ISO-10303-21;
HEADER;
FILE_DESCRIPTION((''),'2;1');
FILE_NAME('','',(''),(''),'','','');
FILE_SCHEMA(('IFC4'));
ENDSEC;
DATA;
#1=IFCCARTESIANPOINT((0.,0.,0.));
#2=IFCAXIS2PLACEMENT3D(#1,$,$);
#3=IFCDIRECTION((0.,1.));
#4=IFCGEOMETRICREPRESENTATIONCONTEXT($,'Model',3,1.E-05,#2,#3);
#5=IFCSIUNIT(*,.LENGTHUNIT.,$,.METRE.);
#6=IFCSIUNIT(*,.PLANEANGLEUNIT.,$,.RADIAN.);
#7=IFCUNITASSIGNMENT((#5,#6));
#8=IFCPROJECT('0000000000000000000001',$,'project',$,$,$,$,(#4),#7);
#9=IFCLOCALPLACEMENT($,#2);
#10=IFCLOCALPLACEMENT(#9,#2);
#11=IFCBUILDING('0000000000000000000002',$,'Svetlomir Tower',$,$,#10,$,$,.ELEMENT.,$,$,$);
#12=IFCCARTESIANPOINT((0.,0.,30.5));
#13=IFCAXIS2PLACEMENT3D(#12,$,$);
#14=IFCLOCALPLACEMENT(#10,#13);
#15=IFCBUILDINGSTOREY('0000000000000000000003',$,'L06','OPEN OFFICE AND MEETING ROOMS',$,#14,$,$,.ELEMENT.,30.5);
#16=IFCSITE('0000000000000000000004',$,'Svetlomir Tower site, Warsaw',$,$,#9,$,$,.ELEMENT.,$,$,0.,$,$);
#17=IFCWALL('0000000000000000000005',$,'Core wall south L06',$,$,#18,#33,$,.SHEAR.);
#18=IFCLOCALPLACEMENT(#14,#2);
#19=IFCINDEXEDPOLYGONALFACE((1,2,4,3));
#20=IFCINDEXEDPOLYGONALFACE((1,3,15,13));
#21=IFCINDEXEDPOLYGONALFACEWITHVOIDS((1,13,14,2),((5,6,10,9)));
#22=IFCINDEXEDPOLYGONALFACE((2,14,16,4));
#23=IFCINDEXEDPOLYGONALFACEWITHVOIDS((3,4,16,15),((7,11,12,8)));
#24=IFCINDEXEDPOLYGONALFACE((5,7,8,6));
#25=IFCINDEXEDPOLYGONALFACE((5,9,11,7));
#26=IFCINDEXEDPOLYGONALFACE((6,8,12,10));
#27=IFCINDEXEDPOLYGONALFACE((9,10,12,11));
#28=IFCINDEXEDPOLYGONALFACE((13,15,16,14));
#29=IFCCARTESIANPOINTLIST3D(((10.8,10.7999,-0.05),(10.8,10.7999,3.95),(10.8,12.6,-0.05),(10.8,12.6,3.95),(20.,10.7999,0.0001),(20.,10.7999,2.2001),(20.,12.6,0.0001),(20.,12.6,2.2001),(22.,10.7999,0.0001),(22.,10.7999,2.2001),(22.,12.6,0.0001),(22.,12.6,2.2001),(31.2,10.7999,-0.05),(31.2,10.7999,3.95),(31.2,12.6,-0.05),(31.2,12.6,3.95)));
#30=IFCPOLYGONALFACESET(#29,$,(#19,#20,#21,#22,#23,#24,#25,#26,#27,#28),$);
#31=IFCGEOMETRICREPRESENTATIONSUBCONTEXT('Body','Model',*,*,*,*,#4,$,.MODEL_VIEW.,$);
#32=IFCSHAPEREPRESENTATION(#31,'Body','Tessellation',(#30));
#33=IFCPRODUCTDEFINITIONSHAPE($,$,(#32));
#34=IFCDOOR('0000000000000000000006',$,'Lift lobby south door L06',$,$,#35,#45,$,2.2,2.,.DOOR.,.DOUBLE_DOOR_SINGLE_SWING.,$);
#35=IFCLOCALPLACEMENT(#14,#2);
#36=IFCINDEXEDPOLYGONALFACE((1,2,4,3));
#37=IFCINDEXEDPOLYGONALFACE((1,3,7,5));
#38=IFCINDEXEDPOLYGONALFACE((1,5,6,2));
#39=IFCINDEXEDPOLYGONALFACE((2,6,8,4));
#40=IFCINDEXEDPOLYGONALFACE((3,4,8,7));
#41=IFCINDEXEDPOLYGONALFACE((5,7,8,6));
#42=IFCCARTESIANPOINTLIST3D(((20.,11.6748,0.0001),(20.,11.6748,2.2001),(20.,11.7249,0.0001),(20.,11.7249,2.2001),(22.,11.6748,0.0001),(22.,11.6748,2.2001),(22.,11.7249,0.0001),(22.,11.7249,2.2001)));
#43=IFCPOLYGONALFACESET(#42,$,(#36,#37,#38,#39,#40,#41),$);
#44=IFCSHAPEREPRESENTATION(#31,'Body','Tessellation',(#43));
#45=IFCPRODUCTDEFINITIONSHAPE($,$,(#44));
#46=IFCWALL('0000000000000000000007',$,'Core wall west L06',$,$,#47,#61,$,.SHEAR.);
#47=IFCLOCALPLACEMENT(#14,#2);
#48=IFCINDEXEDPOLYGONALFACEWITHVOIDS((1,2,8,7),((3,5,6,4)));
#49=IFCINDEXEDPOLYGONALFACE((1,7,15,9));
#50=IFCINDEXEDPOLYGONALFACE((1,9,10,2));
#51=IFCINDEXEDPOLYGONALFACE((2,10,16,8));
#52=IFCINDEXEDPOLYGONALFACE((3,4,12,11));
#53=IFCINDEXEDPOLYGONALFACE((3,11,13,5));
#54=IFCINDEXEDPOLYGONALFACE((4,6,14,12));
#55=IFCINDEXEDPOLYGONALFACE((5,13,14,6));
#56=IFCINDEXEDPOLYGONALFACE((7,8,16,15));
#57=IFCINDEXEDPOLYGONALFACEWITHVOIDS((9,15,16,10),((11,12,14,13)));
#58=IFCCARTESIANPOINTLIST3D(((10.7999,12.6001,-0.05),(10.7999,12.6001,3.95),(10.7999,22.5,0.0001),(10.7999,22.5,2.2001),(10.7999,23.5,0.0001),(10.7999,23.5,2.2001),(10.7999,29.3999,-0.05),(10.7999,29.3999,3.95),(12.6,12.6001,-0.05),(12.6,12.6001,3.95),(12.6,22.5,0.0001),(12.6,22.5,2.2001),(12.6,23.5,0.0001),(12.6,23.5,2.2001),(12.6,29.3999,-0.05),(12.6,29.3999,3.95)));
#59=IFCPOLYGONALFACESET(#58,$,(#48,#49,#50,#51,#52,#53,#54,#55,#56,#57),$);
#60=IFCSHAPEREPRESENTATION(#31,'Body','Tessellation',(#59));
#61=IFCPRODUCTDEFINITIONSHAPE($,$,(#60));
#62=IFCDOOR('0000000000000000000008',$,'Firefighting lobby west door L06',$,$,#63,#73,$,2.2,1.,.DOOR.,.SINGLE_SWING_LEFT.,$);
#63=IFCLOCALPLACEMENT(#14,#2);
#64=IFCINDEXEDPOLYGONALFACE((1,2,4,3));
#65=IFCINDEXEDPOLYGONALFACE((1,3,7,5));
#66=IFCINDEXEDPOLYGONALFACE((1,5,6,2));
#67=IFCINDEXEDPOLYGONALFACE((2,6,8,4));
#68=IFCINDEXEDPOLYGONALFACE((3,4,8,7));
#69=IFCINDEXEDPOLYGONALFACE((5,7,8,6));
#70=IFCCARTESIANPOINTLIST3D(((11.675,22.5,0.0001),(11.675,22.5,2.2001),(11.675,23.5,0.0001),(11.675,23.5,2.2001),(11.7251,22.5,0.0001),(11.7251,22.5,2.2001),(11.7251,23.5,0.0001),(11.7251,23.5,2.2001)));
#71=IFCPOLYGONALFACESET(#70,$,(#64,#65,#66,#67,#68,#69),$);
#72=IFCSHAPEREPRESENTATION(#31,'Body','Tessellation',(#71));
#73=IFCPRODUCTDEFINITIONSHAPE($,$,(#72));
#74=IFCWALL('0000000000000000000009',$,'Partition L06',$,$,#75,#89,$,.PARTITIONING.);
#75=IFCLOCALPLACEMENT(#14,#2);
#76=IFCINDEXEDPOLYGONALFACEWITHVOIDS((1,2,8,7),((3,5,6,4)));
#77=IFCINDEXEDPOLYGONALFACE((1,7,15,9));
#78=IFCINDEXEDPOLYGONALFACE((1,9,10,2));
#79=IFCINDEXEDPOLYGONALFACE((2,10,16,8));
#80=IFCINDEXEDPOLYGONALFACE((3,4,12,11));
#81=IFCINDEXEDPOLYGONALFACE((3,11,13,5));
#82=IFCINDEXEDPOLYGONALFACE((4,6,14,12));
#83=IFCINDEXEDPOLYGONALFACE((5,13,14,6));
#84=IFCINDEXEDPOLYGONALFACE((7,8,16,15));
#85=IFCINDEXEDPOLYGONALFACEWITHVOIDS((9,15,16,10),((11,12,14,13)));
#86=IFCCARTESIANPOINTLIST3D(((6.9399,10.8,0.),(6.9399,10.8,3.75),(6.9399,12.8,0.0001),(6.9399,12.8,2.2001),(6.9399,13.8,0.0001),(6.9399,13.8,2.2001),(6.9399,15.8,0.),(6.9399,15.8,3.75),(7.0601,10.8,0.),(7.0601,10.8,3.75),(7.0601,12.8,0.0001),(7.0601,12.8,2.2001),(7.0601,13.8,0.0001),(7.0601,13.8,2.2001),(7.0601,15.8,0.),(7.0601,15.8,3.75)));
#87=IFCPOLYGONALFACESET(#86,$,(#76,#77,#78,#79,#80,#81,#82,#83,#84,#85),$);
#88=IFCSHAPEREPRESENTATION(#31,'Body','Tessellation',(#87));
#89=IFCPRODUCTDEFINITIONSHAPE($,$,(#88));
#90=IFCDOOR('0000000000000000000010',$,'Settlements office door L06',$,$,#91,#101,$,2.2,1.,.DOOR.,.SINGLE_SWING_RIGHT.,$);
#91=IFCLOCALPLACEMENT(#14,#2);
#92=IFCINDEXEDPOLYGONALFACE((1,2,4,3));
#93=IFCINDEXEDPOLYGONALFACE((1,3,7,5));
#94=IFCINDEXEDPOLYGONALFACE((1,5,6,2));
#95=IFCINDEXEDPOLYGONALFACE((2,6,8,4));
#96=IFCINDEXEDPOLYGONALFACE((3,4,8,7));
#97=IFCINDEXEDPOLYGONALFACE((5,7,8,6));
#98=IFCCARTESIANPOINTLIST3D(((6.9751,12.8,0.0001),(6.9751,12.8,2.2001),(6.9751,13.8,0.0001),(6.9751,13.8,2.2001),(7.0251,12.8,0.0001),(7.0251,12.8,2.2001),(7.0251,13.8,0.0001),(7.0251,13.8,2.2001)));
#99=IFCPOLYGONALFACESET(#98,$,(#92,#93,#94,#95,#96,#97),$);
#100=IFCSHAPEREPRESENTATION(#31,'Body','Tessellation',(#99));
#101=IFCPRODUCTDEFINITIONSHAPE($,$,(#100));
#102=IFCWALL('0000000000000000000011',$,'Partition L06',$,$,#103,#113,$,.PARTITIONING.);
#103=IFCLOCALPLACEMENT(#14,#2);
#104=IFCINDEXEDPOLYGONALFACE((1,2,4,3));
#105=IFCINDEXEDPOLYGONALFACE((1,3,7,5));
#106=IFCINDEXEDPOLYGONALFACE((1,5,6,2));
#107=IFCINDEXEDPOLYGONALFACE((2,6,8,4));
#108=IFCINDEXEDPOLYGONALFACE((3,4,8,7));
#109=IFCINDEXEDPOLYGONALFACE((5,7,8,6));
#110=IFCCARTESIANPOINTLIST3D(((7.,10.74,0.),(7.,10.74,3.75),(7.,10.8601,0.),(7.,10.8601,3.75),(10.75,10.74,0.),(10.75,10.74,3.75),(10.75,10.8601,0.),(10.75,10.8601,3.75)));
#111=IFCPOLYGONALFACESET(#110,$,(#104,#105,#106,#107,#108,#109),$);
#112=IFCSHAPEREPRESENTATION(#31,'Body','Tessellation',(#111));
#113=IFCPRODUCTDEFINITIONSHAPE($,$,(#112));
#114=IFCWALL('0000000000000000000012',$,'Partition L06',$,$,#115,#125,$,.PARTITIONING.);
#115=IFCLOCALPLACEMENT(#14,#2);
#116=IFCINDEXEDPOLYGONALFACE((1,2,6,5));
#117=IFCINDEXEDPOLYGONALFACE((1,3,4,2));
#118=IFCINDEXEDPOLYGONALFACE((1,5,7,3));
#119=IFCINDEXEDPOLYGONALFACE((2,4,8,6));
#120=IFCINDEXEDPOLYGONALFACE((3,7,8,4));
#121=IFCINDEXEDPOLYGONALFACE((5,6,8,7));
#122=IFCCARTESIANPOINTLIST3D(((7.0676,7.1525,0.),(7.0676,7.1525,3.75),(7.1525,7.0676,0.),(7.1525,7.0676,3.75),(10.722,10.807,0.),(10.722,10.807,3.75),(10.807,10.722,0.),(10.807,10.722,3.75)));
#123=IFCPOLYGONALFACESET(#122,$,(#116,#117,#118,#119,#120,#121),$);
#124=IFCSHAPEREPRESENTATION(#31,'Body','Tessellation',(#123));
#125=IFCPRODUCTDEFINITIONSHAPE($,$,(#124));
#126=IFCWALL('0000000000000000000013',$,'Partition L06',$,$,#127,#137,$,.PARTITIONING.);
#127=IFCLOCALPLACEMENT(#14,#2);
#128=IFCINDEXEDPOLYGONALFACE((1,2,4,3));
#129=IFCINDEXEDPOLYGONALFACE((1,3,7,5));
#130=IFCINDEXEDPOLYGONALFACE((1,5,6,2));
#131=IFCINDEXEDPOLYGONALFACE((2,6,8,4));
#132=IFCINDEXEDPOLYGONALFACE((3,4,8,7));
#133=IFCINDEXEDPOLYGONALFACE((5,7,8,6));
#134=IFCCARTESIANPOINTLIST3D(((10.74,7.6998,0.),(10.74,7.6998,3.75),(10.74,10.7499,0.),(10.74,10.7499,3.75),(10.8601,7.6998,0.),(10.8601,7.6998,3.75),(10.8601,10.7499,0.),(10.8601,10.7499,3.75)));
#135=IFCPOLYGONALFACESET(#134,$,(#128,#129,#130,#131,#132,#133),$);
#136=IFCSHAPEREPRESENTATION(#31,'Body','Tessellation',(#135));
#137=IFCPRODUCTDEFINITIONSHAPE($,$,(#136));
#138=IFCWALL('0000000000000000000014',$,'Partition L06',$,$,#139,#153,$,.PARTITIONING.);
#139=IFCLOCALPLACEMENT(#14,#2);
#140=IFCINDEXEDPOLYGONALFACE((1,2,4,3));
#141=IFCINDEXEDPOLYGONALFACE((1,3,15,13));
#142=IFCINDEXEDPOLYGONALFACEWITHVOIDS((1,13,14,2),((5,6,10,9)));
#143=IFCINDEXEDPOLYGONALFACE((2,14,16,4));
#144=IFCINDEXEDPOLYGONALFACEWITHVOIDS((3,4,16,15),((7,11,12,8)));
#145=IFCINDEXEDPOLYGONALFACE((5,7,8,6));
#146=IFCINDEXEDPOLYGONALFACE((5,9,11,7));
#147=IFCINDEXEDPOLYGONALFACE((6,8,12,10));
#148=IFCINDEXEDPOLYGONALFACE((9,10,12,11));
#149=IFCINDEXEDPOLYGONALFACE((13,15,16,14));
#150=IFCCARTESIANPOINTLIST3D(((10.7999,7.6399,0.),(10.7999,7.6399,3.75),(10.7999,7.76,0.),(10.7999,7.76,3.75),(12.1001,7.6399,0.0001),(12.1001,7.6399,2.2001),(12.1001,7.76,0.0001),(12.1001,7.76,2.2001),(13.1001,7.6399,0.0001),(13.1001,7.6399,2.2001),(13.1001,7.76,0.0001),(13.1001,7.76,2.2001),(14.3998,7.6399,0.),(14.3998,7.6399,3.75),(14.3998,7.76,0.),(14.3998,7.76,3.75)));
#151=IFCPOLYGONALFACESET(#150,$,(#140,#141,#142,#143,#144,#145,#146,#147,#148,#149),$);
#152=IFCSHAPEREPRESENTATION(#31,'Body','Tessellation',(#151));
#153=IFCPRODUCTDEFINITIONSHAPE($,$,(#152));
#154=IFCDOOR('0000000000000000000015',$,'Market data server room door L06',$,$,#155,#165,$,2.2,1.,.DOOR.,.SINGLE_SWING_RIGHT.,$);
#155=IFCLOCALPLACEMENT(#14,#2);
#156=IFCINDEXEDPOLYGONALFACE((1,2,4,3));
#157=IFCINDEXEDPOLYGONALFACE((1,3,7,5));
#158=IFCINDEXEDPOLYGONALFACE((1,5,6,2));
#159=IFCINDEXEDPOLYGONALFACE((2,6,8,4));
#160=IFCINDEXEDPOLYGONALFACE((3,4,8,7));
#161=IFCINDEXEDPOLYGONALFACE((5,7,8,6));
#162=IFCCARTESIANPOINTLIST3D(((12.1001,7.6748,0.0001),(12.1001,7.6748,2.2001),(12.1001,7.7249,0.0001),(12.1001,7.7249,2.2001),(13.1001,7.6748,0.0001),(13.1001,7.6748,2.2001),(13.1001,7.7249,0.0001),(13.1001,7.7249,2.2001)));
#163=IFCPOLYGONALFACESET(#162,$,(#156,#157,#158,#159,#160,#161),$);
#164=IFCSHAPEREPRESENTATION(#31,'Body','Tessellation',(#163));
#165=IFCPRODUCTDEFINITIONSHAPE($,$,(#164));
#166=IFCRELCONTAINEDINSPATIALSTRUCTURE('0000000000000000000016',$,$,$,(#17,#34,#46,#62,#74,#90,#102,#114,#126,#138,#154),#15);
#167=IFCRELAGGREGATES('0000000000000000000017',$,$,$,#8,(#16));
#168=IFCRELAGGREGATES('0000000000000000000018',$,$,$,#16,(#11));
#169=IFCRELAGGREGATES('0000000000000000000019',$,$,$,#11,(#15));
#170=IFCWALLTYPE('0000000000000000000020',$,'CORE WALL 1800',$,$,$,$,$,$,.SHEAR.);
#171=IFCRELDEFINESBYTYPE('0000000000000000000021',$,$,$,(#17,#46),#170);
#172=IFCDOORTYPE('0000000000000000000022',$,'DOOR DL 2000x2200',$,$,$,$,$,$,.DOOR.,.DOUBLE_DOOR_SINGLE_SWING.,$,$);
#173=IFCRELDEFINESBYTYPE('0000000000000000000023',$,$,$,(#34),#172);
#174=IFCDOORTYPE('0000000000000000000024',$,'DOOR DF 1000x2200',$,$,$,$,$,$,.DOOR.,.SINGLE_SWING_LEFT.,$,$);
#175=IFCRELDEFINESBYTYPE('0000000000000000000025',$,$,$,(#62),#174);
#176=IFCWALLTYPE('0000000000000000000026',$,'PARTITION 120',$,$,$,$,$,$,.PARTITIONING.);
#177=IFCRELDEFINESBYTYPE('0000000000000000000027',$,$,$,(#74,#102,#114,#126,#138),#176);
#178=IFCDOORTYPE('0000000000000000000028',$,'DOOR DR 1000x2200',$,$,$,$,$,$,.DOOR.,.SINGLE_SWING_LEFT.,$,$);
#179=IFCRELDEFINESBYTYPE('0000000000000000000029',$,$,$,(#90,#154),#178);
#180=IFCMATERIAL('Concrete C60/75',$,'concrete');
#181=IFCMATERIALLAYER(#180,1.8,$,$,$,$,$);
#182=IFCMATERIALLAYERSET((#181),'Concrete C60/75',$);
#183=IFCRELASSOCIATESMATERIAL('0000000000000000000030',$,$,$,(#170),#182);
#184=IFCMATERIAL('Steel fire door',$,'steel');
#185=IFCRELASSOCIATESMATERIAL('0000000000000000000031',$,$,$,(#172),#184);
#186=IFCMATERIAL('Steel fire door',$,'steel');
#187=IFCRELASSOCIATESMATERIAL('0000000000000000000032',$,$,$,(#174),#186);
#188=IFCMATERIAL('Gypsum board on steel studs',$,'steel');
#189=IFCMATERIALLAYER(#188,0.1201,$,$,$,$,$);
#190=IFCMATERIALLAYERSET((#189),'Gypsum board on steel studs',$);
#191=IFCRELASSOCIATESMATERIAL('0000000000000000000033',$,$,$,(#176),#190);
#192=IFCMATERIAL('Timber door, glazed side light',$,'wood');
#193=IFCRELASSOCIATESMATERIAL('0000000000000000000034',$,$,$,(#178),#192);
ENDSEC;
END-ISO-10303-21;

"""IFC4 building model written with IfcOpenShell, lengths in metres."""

from ifc_helpers import new_model, si_unit, direction, frame, frame_2d, origin, place, context, subcontext, project, spatial, rectangle, extrude, material, layer, layer_set, type_object, element, fill, save


model = new_model("IFC4")

# Units and contexts
model_context = context("Model", 3, precision=1e-05, world=origin(), true_north=direction((0.0, 1.0)))
body_context = subcontext(model_context, "Body", "Model", "MODEL_VIEW")
ifc_project = project(units=[si_unit("LENGTHUNIT", "METRE"), si_unit("PLANEANGLEUNIT", "RADIAN")], contexts=[model_context])

# Site, building, storey
site_placement = place(None, origin())
site = spatial("IfcSite", under=ifc_project, at=site_placement, Name="Svetlomir Tower site, Warsaw", CompositionType="ELEMENT", RefElevation=0.0)
building_placement = place(site_placement, origin())
building = spatial("IfcBuilding", under=site, at=building_placement, Name="Svetlomir Tower", CompositionType="ELEMENT")
storey_placement = place(building_placement, frame((0.0, 0.0, 30.5)))
storey = spatial("IfcBuildingStorey", under=building, at=storey_placement, Name="L06", Description="OPEN OFFICE AND MEETING ROOMS", CompositionType="ELEMENT", Elevation=30.5)

# Walls, openings, doors
ifc_material_1 = material(Name="Concrete C60/75", Category="concrete")
ifc_layer_1 = layer(ifc_material_1, 1.8)
ifc_layer_set_1 = layer_set([ifc_layer_1], Name="Concrete C60/75")
wall_type_1 = type_object("IfcWallType", Name="CORE WALL 1800", PredefinedType="SHEAR", material=ifc_layer_set_1)
wall_1_placement = place(storey_placement, frame((10.8, 11.7, -0.05), z_axis=(0.0, 0.0, 1.0), x_axis=(1.0, 0.0, 0.0)))
wall_1 = element("IfcWall", 1, at=wall_1_placement, inside=storey, type_object=wall_type_1, Name="Core wall south L06", PredefinedType="SHEAR", context=body_context, shape_type="SweptSolid", body=[
    extrude(rectangle(XDim=20.3999, YDim=1.8, at=frame_2d((10.2, 0.0))), origin(), (0.0, 0.0, 1.0), 4.0),
])
opening_1_placement = place(wall_1_placement, frame((9.2, 0.0, 0.05)))
opening_1 = element("IfcOpeningElement", 2, at=opening_1_placement, cuts=wall_1, PredefinedType="OPENING", context=body_context, shape_type="SweptSolid", body=[
    extrude(rectangle(XDim=2.0, YDim=2.2, at=frame_2d((1.0, 1.1001))), frame((0.0, 0.9102, 0.0), z_axis=(0.0, -1.0, 0.0), x_axis=(1.0, 0.0, 0.0)), (0.0, 0.0, 1.0), 1.8201),
])
ifc_material_2 = material(Name="Steel fire door", Category="steel")
door_type_1 = type_object("IfcDoorType", Name="DOOR DL 2000x2200", OperationType="DOUBLE_DOOR_SINGLE_SWING", PredefinedType="DOOR", material=ifc_material_2)
door_1_placement = place(opening_1_placement, origin())
door_1 = element("IfcDoor", 3, at=door_1_placement, inside=storey, type_object=door_type_1, Name="Lift lobby south door L06", OperationType="DOUBLE_DOOR_SINGLE_SWING", OverallHeight=2.2, OverallWidth=2.0, PredefinedType="DOOR", context=body_context, shape_type="SweptSolid", body=[
    extrude(rectangle(XDim=2.0, YDim=2.2, at=frame_2d((1.0, 1.1001))), frame((0.0, 0.0249, 0.0), z_axis=(0.0, -1.0, 0.0), x_axis=(1.0, 0.0, 0.0)), (0.0, 0.0, 1.0), 0.05),
])
fill(opening_1, door_1)
wall_2_placement = place(storey_placement, frame((11.7, 12.6001, -0.05), z_axis=(0.0, 0.0, 1.0), x_axis=(0.0, 1.0, 0.0)))
wall_2 = element("IfcWall", 4, at=wall_2_placement, inside=storey, type_object=wall_type_1, Name="Core wall west L06", PredefinedType="SHEAR", context=body_context, shape_type="SweptSolid", body=[
    extrude(rectangle(XDim=16.7998, YDim=1.8, at=frame_2d((8.3999, 0.0))), origin(), (0.0, 0.0, 1.0), 4.0),
])
opening_2_placement = place(wall_2_placement, frame((9.8999, 0.0, 0.05)))
opening_2 = element("IfcOpeningElement", 5, at=opening_2_placement, cuts=wall_2, PredefinedType="OPENING", context=body_context, shape_type="SweptSolid", body=[
    extrude(rectangle(XDim=1.0, YDim=2.2, at=frame_2d((0.5, 1.1001))), frame((0.0, 0.9102, 0.0), z_axis=(0.0, -1.0, 0.0), x_axis=(1.0, 0.0, 0.0)), (0.0, 0.0, 1.0), 1.8201),
])
ifc_material_3 = material(Name="Steel fire door", Category="steel")
door_type_2 = type_object("IfcDoorType", Name="DOOR DF 1000x2200", OperationType="SINGLE_SWING_LEFT", PredefinedType="DOOR", material=ifc_material_3)
door_2_placement = place(opening_2_placement, origin())
door_2 = element("IfcDoor", 6, at=door_2_placement, inside=storey, type_object=door_type_2, Name="Firefighting lobby west door L06", OperationType="SINGLE_SWING_LEFT", OverallHeight=2.2, OverallWidth=1.0, PredefinedType="DOOR", context=body_context, shape_type="SweptSolid", body=[
    extrude(rectangle(XDim=1.0, YDim=2.2, at=frame_2d((0.5, 1.1001))), frame((0.0, 0.0249, 0.0), z_axis=(0.0, -1.0, 0.0), x_axis=(1.0, 0.0, 0.0)), (0.0, 0.0, 1.0), 0.05),
])
fill(opening_2, door_2)
ifc_material_4 = material(Name="Gypsum board on steel studs", Category="steel")
ifc_layer_2 = layer(ifc_material_4, 0.1201)
ifc_layer_set_2 = layer_set([ifc_layer_2], Name="Gypsum board on steel studs")
wall_type_2 = type_object("IfcWallType", Name="PARTITION 120", PredefinedType="PARTITIONING", material=ifc_layer_set_2)
wall_3_placement = place(storey_placement, frame((7.0, 10.8, 0.0), z_axis=(0.0, 0.0, 1.0), x_axis=(0.0, 1.0, 0.0)))
wall_3 = element("IfcWall", 7, at=wall_3_placement, inside=storey, type_object=wall_type_2, Name="Partition L06", PredefinedType="PARTITIONING", context=body_context, shape_type="SweptSolid", body=[
    extrude(rectangle(XDim=5.0, YDim=0.1201, at=frame_2d((2.5, 0.0))), origin(), (0.0, 0.0, 1.0), 3.75),
])
opening_3_placement = place(wall_3_placement, frame((2.0, 0.0, 0.0)))
opening_3 = element("IfcOpeningElement", 8, at=opening_3_placement, cuts=wall_3, PredefinedType="OPENING", context=body_context, shape_type="SweptSolid", body=[
    extrude(rectangle(XDim=1.0, YDim=2.2, at=frame_2d((0.5, 1.1001))), frame((0.0, 0.0701, 0.0), z_axis=(0.0, -1.0, 0.0), x_axis=(1.0, 0.0, 0.0)), (0.0, 0.0, 1.0), 0.1401),
])
ifc_material_5 = material(Name="Timber door, glazed side light", Category="wood")
door_type_3 = type_object("IfcDoorType", Name="DOOR DR 1000x2200", OperationType="SINGLE_SWING_LEFT", PredefinedType="DOOR", material=ifc_material_5)
door_3_placement = place(opening_3_placement, origin())
door_3 = element("IfcDoor", 9, at=door_3_placement, inside=storey, type_object=door_type_3, Name="Settlements office door L06", OperationType="SINGLE_SWING_RIGHT", OverallHeight=2.2, OverallWidth=1.0, PredefinedType="DOOR", context=body_context, shape_type="SweptSolid", body=[
    extrude(rectangle(XDim=1.0, YDim=2.2, at=frame_2d((0.5, 1.1001))), frame((0.0, 0.0249, 0.0), z_axis=(0.0, -1.0, 0.0), x_axis=(1.0, 0.0, 0.0)), (0.0, 0.0, 1.0), 0.05),
])
fill(opening_3, door_3)

# Walls
wall_4_placement = place(storey_placement, frame((7.0, 10.8, 0.0), z_axis=(0.0, 0.0, 1.0), x_axis=(1.0, 0.0, 0.0)))
element("IfcWall", 10, at=wall_4_placement, inside=storey, type_object=wall_type_2, Name="Partition L06", PredefinedType="PARTITIONING", context=body_context, shape_type="SweptSolid", body=[
    extrude(rectangle(XDim=3.75, YDim=0.1201, at=frame_2d((1.875, 0.0))), origin(), (0.0, 0.0, 1.0), 3.75),
])
wall_5_placement = place(storey_placement, frame((7.1101, 7.1101, 0.0), z_axis=(0.0, 0.0, 1.0), x_axis=(0.707107, 0.707107, 0.0)))
element("IfcWall", 11, at=wall_5_placement, inside=storey, type_object=wall_type_2, Name="Partition L06", PredefinedType="PARTITIONING", context=body_context, shape_type="SweptSolid", body=[
    extrude(rectangle(XDim=5.1682, YDim=0.1201, at=frame_2d((2.584, 0.0))), origin(), (0.0, 0.0, 1.0), 3.75),
])
wall_6_placement = place(storey_placement, frame((10.8, 7.7, 0.0), z_axis=(0.0, 0.0, 1.0), x_axis=(0.0, 1.0, 0.0)))
element("IfcWall", 12, at=wall_6_placement, inside=storey, type_object=wall_type_2, Name="Partition L06", PredefinedType="PARTITIONING", context=body_context, shape_type="SweptSolid", body=[
    extrude(rectangle(XDim=3.05, YDim=0.1201, at=frame_2d((1.5249, 0.0))), origin(), (0.0, 0.0, 1.0), 3.75),
])

# Wall, opening, door
wall_7_placement = place(storey_placement, frame((10.8, 7.7, 0.0), z_axis=(0.0, 0.0, 1.0), x_axis=(1.0, 0.0, 0.0)))
wall_7 = element("IfcWall", 13, at=wall_7_placement, inside=storey, type_object=wall_type_2, Name="Partition L06", PredefinedType="PARTITIONING", context=body_context, shape_type="SweptSolid", body=[
    extrude(rectangle(XDim=3.5999, YDim=0.1201, at=frame_2d((1.7998, 0.0))), origin(), (0.0, 0.0, 1.0), 3.75),
])
opening_4_placement = place(wall_7_placement, frame((1.3, 0.0, 0.0)))
opening_4 = element("IfcOpeningElement", 14, at=opening_4_placement, cuts=wall_7, PredefinedType="OPENING", context=body_context, shape_type="SweptSolid", body=[
    extrude(rectangle(XDim=1.0, YDim=2.2, at=frame_2d((0.5, 1.1001))), frame((0.0, 0.0701, 0.0), z_axis=(0.0, -1.0, 0.0), x_axis=(1.0, 0.0, 0.0)), (0.0, 0.0, 1.0), 0.1401),
])
door_4_placement = place(opening_4_placement, origin())
door_4 = element("IfcDoor", 15, at=door_4_placement, inside=storey, type_object=door_type_3, Name="Market data server room door L06", OperationType="SINGLE_SWING_RIGHT", OverallHeight=2.2, OverallWidth=1.0, PredefinedType="DOOR", context=body_context, shape_type="SweptSolid", body=[
    extrude(rectangle(XDim=1.0, YDim=2.2, at=frame_2d((0.5, 1.1001))), frame((0.0, 0.0249, 0.0), z_axis=(0.0, -1.0, 0.0), x_axis=(1.0, 0.0, 0.0)), (0.0, 0.0, 1.0), 0.05),
])
fill(opening_4, door_4)

save(model, "model.ifc")
